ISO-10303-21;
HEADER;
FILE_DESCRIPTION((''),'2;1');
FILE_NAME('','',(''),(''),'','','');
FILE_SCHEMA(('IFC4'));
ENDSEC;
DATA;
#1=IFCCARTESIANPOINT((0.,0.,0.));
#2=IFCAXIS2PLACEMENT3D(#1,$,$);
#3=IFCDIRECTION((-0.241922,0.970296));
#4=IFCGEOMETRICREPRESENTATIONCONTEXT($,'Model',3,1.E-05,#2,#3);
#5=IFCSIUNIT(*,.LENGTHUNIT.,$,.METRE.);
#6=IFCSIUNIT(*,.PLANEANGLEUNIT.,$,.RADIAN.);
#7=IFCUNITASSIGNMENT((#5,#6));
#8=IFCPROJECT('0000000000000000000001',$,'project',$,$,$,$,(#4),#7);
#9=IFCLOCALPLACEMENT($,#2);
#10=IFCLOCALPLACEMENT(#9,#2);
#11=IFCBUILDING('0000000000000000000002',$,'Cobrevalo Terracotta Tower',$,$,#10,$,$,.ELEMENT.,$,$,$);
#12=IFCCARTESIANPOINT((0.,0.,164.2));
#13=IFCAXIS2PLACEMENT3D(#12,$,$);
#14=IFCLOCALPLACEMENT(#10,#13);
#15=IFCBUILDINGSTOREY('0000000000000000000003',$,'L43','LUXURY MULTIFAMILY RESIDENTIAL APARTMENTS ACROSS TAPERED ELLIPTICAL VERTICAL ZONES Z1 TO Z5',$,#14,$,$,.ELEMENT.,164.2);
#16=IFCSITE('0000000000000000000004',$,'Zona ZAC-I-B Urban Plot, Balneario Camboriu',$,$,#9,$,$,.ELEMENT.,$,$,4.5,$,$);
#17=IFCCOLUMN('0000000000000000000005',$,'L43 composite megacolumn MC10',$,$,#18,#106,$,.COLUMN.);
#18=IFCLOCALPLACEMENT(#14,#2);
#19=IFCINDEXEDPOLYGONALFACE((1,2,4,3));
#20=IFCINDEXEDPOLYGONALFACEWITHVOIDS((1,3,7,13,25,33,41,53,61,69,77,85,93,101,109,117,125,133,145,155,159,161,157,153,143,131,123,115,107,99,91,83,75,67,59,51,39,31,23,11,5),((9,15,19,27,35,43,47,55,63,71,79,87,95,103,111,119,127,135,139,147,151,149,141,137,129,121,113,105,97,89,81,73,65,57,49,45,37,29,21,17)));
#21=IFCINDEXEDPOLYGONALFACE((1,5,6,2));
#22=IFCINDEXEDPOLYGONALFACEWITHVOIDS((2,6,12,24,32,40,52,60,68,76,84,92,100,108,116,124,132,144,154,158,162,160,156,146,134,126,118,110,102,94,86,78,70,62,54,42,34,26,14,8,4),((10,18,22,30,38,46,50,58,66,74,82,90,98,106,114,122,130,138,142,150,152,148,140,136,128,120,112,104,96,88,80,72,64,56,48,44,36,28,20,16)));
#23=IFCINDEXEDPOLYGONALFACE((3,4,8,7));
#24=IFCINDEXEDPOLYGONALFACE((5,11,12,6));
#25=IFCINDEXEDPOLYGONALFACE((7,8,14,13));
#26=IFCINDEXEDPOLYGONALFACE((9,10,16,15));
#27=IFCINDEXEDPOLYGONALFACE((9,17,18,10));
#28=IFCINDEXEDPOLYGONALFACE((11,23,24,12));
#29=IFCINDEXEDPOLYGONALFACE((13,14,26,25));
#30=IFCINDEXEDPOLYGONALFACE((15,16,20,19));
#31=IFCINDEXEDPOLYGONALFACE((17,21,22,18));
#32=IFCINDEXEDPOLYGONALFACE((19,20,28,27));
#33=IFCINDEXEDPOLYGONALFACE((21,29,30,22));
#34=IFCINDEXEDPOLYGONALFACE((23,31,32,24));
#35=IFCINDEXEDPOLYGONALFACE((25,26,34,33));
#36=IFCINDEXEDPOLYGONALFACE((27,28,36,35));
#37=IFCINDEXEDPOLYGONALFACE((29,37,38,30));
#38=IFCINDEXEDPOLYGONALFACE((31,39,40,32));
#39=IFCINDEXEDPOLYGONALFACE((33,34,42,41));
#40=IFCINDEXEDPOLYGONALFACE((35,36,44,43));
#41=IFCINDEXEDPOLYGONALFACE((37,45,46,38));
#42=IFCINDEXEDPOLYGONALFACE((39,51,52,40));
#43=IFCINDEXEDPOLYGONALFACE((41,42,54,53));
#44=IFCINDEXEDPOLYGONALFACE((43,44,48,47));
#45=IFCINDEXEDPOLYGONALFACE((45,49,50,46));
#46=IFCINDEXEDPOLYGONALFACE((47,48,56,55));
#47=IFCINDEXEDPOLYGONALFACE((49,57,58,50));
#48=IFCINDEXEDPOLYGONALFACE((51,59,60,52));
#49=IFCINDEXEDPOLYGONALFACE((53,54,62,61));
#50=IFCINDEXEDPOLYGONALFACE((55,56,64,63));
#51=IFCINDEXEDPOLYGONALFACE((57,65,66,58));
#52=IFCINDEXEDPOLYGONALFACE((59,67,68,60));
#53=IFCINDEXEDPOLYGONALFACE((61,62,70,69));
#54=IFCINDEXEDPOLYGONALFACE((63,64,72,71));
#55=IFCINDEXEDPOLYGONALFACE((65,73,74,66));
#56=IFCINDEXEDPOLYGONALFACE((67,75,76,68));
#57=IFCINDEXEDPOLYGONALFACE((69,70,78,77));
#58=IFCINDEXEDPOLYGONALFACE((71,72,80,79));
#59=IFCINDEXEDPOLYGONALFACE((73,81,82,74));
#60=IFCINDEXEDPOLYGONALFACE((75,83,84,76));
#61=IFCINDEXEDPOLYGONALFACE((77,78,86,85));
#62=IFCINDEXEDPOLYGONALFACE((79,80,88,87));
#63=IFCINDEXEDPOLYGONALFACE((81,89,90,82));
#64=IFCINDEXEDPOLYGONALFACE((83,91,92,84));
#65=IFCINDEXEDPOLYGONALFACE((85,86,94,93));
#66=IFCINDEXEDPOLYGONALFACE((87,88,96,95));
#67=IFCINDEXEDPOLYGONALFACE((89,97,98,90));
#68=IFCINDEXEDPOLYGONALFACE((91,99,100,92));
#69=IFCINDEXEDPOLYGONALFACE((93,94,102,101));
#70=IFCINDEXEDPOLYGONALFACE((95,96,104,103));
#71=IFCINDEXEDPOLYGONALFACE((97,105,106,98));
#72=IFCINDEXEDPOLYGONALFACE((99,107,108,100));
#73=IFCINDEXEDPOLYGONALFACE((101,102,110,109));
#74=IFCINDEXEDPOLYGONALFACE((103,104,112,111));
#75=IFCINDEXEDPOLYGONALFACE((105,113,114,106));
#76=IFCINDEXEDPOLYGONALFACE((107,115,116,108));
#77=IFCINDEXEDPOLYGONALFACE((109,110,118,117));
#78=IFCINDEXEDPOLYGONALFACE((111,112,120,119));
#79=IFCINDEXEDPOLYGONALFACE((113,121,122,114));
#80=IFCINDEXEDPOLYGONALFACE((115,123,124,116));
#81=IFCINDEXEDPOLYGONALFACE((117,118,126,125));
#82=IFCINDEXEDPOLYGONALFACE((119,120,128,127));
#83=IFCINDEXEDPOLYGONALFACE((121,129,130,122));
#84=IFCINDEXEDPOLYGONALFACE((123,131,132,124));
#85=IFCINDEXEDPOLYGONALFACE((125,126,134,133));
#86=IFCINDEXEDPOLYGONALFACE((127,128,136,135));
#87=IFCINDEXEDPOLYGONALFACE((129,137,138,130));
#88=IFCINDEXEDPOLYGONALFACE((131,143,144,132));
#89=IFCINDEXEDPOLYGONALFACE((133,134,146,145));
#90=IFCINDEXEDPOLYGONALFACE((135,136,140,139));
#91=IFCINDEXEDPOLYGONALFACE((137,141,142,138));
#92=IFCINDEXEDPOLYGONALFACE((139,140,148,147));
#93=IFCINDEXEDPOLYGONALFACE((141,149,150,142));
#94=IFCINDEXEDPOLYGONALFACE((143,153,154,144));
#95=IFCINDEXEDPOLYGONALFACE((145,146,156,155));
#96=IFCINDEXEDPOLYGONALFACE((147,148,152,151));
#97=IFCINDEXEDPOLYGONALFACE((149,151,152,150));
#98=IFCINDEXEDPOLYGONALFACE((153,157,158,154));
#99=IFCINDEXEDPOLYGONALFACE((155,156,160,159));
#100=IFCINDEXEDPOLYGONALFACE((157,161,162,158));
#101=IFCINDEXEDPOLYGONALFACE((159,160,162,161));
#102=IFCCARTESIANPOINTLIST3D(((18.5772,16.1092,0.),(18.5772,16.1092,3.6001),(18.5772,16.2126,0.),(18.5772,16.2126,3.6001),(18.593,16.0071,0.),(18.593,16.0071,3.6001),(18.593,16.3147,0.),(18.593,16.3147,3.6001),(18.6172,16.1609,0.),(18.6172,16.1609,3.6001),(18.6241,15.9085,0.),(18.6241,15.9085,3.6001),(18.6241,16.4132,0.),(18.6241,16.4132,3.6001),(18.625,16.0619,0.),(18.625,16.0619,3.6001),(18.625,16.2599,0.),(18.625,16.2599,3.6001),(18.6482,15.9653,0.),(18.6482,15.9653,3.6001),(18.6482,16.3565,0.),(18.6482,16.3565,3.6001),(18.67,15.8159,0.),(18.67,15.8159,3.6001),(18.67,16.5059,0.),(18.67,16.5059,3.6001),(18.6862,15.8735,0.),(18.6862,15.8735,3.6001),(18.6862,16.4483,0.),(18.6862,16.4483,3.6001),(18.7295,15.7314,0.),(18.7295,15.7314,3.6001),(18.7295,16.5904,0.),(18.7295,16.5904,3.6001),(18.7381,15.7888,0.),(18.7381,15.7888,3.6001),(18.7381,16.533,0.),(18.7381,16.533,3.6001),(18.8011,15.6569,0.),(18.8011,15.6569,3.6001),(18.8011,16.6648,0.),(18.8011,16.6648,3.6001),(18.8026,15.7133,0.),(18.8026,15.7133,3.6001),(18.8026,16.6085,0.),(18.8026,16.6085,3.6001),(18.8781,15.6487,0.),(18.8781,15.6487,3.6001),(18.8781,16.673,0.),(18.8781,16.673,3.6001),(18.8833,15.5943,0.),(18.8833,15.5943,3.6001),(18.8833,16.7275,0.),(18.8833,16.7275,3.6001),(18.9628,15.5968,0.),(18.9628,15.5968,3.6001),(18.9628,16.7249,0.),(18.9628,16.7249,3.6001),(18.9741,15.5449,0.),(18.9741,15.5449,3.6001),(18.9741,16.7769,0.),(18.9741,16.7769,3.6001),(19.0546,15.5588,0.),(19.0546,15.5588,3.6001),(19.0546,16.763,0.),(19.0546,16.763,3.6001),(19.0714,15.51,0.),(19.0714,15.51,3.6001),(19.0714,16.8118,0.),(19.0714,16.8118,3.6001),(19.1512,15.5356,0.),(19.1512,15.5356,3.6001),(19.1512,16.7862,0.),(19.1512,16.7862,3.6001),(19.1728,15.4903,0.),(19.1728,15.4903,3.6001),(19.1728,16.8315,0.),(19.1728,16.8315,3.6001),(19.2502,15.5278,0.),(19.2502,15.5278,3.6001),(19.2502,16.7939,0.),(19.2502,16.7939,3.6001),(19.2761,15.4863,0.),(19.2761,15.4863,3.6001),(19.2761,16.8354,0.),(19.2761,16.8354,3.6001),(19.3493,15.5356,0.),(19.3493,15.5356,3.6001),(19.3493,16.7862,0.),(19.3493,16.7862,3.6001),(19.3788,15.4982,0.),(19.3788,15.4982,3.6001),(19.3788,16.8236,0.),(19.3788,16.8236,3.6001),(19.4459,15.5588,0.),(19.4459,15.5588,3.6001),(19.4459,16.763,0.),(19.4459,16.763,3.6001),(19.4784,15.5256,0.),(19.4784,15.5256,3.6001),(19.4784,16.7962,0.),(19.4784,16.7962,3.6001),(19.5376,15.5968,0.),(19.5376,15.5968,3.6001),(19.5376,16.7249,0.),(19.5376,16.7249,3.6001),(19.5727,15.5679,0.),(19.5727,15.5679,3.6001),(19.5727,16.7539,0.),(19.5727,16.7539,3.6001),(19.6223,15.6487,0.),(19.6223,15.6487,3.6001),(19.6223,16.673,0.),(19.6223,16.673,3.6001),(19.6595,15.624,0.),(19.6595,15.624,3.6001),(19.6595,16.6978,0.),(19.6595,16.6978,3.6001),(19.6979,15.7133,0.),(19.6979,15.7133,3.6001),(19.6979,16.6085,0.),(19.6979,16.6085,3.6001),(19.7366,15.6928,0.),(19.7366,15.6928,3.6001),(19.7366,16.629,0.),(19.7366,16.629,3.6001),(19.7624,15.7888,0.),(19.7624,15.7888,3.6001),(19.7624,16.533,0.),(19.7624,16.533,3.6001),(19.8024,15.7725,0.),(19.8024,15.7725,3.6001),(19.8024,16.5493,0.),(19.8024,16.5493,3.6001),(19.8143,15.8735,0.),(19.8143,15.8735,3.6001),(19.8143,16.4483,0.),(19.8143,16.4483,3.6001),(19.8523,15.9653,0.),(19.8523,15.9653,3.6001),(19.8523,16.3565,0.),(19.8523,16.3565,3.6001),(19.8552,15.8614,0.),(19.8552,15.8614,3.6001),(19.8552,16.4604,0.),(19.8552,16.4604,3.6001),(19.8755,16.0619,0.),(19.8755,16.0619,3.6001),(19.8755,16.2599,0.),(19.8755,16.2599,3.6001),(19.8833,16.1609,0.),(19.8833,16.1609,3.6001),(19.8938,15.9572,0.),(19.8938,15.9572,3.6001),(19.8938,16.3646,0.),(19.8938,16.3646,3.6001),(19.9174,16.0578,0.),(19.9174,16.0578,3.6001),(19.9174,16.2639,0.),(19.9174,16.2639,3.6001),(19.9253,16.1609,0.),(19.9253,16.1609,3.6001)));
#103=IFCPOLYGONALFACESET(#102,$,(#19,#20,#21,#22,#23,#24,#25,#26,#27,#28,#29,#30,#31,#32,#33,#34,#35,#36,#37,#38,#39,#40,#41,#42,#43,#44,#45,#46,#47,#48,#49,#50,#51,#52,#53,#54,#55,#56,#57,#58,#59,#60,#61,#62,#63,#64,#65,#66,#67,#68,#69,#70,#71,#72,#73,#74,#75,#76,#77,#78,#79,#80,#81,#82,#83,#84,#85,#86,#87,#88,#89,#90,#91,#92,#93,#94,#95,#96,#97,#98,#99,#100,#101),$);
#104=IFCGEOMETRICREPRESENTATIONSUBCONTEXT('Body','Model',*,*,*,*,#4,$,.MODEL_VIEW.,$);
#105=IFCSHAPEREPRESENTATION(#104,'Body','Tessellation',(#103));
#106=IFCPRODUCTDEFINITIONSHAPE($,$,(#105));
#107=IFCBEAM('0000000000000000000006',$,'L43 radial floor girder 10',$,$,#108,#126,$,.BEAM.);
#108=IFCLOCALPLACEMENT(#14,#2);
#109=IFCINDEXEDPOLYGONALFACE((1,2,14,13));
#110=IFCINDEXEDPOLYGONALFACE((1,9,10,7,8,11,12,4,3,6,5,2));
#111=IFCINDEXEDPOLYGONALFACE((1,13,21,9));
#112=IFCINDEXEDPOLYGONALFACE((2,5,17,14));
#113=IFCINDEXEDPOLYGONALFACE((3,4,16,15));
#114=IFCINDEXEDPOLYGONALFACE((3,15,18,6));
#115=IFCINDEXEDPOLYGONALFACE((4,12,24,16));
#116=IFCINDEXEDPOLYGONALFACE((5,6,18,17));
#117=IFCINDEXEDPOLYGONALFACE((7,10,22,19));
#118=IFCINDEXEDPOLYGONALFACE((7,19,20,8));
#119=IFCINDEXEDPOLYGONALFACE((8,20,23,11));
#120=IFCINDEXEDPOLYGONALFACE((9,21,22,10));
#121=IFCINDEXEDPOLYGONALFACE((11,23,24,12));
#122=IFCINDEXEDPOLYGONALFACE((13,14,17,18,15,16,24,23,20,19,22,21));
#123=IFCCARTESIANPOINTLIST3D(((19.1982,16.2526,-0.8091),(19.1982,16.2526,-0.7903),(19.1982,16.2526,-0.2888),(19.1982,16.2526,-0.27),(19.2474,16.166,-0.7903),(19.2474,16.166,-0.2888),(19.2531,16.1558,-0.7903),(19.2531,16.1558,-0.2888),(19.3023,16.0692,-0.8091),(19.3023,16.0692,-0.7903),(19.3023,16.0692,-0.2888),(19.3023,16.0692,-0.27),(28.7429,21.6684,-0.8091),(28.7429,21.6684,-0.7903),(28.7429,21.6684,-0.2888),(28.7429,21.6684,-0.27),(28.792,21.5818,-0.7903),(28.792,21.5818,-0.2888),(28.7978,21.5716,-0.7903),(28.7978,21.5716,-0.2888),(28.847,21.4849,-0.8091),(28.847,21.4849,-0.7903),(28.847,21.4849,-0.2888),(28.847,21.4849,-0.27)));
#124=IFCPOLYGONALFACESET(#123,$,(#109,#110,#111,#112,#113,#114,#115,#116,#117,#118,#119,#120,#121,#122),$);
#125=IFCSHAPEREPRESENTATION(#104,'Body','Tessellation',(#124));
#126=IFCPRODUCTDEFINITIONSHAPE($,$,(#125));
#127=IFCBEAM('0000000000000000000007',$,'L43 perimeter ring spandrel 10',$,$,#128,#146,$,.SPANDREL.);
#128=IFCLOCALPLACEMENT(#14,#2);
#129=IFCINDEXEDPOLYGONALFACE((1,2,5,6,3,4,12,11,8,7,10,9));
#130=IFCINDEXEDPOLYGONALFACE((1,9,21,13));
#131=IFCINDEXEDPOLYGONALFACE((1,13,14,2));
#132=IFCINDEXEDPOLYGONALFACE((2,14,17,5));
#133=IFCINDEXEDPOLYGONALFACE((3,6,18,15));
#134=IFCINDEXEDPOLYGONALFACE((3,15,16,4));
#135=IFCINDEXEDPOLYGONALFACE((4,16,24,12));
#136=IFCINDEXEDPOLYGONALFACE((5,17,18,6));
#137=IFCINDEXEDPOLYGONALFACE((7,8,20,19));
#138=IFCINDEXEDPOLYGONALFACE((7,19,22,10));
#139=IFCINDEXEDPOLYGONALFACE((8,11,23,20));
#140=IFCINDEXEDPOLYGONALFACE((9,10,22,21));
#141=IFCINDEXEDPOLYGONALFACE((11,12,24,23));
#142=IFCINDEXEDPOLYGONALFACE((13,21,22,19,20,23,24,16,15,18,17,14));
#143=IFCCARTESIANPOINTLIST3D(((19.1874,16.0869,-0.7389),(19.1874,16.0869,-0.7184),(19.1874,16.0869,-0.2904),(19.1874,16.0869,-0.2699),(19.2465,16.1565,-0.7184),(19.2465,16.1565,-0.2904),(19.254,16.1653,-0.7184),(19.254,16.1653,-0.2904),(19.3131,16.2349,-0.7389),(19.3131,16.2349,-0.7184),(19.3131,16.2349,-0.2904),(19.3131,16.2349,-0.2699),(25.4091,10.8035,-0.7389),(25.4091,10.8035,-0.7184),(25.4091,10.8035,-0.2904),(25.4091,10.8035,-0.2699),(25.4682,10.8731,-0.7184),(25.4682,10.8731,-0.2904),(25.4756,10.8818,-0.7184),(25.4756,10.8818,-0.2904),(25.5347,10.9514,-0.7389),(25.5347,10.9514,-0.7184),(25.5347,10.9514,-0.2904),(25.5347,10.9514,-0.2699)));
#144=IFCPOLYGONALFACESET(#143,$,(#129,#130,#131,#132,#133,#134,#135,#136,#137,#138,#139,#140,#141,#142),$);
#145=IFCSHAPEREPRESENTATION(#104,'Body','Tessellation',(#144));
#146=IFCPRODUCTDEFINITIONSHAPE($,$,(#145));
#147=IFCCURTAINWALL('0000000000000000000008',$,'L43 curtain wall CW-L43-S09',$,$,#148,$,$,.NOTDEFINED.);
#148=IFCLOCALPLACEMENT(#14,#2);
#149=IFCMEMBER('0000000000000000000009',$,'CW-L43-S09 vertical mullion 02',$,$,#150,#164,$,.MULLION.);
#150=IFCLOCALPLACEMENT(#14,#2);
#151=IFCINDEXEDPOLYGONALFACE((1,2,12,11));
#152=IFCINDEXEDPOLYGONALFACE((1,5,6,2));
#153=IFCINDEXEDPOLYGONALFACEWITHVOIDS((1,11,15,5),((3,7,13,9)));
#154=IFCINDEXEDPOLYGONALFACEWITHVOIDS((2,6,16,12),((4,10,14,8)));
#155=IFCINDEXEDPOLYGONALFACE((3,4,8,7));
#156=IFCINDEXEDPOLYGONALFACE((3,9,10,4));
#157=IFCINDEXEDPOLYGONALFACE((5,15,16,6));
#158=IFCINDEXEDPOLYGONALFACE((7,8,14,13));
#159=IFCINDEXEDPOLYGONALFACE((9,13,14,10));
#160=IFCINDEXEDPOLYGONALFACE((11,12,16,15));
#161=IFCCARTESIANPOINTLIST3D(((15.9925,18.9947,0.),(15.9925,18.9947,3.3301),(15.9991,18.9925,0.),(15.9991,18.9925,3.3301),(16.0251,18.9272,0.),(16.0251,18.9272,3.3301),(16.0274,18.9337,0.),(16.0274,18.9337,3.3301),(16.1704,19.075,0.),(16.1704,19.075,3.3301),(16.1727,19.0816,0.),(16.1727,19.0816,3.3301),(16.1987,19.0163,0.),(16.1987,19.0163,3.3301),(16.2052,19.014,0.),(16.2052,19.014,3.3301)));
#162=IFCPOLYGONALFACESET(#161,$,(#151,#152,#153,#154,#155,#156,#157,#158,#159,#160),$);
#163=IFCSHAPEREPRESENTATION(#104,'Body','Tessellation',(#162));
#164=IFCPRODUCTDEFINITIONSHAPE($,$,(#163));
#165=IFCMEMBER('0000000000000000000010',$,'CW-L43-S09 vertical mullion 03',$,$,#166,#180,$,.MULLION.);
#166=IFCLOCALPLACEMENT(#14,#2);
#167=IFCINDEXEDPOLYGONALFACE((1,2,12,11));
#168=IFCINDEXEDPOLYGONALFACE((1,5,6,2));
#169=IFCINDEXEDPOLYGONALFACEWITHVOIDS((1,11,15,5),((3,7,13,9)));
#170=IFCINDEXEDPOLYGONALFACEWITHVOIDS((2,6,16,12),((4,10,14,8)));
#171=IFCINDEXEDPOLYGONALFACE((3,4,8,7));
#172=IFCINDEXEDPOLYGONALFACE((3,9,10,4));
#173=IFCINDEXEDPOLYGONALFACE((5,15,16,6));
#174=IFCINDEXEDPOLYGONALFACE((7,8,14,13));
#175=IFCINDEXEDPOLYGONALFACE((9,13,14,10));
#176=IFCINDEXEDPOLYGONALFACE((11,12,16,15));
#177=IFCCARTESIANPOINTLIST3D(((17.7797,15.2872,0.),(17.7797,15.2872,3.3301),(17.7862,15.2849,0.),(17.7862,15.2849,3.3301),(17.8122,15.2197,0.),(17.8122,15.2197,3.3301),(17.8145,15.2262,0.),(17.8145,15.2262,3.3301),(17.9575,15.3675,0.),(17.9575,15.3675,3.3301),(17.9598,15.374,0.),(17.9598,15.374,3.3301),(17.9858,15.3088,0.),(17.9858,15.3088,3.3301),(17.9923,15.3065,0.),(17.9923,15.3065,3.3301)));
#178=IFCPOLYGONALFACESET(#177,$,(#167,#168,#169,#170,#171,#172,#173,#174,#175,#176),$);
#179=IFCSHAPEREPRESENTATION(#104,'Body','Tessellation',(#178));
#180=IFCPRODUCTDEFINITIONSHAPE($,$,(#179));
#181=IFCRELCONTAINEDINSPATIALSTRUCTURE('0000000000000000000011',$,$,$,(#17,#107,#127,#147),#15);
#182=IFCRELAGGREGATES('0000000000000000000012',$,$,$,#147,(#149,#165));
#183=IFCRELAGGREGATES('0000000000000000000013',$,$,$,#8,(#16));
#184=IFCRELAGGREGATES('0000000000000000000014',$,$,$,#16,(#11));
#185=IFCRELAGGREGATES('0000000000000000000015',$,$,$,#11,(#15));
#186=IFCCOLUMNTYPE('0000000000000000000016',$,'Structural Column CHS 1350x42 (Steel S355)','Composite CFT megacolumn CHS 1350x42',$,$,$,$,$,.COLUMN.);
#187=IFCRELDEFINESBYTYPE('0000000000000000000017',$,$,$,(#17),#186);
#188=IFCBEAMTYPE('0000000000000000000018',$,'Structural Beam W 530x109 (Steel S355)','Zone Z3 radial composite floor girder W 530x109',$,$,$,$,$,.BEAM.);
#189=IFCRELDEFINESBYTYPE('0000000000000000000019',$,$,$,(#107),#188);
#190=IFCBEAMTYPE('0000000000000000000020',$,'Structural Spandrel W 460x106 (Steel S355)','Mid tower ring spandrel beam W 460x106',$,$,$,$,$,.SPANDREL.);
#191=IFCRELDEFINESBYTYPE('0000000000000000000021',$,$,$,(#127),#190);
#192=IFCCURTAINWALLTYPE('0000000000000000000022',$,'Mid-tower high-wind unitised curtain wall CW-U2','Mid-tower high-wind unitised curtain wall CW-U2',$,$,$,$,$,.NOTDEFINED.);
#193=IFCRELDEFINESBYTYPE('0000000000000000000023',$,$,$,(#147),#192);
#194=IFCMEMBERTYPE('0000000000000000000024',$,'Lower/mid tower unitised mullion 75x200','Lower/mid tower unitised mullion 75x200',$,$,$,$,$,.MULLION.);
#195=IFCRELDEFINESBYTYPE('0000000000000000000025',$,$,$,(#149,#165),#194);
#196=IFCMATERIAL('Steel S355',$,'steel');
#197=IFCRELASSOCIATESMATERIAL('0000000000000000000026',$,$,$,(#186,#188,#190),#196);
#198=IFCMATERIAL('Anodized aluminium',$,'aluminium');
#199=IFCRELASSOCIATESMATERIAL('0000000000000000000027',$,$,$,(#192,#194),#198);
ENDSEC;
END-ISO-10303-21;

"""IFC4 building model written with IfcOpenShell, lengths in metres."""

from ifc_helpers import new_model, si_unit, direction, frame, origin, origin_2d, place, context, subcontext, project, spatial, hollow_rectangle, hollow_circle, i_section, extrude, source, transform, mapped, material, material_profile, profile_set, type_object, element, aggregate, save


model = new_model("IFC4")

# Units and contexts
model_context = context("Model", 3, precision=1e-05, world=origin(), true_north=direction((-0.241922, 0.970296)))
body_context = subcontext(model_context, "Body", "Model", "MODEL_VIEW")
ifc_project = project(units=[si_unit("LENGTHUNIT", "METRE"), si_unit("PLANEANGLEUNIT", "RADIAN")], contexts=[model_context])

# Site, building, storey
site_placement = place(None, origin())
site = spatial("IfcSite", under=ifc_project, at=site_placement, Name="Zona ZAC-I-B Urban Plot, Balneario Camboriu", CompositionType="ELEMENT", RefElevation=4.5)
building_placement = place(site_placement, origin())
building = spatial("IfcBuilding", under=site, at=building_placement, Name="Cobrevalo Terracotta Tower", CompositionType="ELEMENT")
storey_placement = place(building_placement, frame((0.0, 0.0, 164.2)))
storey = spatial("IfcBuildingStorey", under=building, at=storey_placement, Name="L43", Description="LUXURY MULTIFAMILY RESIDENTIAL APARTMENTS ACROSS TAPERED ELLIPTICAL VERTICAL ZONES Z1 TO Z5", CompositionType="ELEMENT", Elevation=164.2)

# Column
ifc_material_1 = material(Name="Steel S355", Category="steel")
ifc_material_profile_1 = material_profile(ifc_material_1, hollow_circle(Radius=0.675, WallThickness=0.042, at=origin_2d()), Name="CHS 1350x42")
ifc_profile_set_1 = profile_set([ifc_material_profile_1], Name="Steel S355")
column_type = type_object("IfcColumnType", Name="Structural Column CHS 1350x42 (Steel S355)", Description="Composite CFT megacolumn CHS 1350x42", PredefinedType="COLUMN", material=ifc_profile_set_1)
column_placement = place(storey_placement, frame((19.2502, 16.1609, 0.0), z_axis=(0.0, 0.0, 1.0), x_axis=(1.0, 0.0, 0.0)))
element("IfcColumn", 1, at=column_placement, inside=storey, type_object=column_type, Name="L43 composite megacolumn MC10", PredefinedType="COLUMN", context=body_context, shape_type="SweptSolid", body=[
    extrude(hollow_circle(Radius=0.675, WallThickness=0.042, at=origin_2d()), origin(), (0.0, 0.0, 1.0), 3.6001),
])

# Beams
ifc_material_profile_2 = material_profile(ifc_material_1, i_section(OverallWidth=0.2109, OverallDepth=0.5391, WebThickness=0.0117, FlangeThickness=0.0188, at=origin_2d()), Name="W 530x109")
ifc_profile_set_2 = profile_set([ifc_material_profile_2], Name="Steel S355")
beam_type_1 = type_object("IfcBeamType", Name="Structural Beam W 530x109 (Steel S355)", Description="Zone Z3 radial composite floor girder W 530x109", PredefinedType="BEAM", material=ifc_profile_set_2)
beam_1_placement = place(storey_placement, frame((19.2502, 16.1609, -0.5396), z_axis=(0.869744, 0.493504, 0.0), x_axis=(-0.493504, 0.869744, 0.0)))
element("IfcBeam", 2, at=beam_1_placement, inside=storey, type_object=beam_type_1, Name="L43 radial floor girder 10", PredefinedType="BEAM", context=body_context, shape_type="SweptSolid", body=[
    extrude(i_section(OverallWidth=0.2109, OverallDepth=0.5391, WebThickness=0.0117, FlangeThickness=0.0188, at=origin_2d()), origin(), (0.0, 0.0, 1.0), 10.9741),
])
ifc_material_profile_3 = material_profile(ifc_material_1, i_section(OverallWidth=0.1941, OverallDepth=0.469, WebThickness=0.0115, FlangeThickness=0.0205, at=origin_2d()), Name="W 460x106")
ifc_profile_set_3 = profile_set([ifc_material_profile_3], Name="Steel S355")
beam_type_2 = type_object("IfcBeamType", Name="Structural Spandrel W 460x106 (Steel S355)", Description="Mid tower ring spandrel beam W 460x106", PredefinedType="SPANDREL", material=ifc_profile_set_3)
beam_2_placement = place(storey_placement, frame((19.2502, 16.1609, -0.5044), z_axis=(0.76224, -0.647294, 0.0), x_axis=(0.647294, 0.76224, 0.0)))
element("IfcBeam", 3, at=beam_2_placement, inside=storey, type_object=beam_type_2, Name="L43 perimeter ring spandrel 10", PredefinedType="SPANDREL", context=body_context, shape_type="SweptSolid", body=[
    extrude(i_section(OverallWidth=0.1941, OverallDepth=0.469, WebThickness=0.0115, FlangeThickness=0.0205, at=origin_2d()), origin(), (0.0, 0.0, 1.0), 8.1624),
])

# Curtain wall, members
ifc_material_2 = material(Name="Anodized aluminium", Category="aluminium")
curtain_wall_type = type_object("IfcCurtainWallType", Name="Mid-tower high-wind unitised curtain wall CW-U2", Description="Mid-tower high-wind unitised curtain wall CW-U2", PredefinedType="NOTDEFINED", material=ifc_material_2)
curtain_wall_1_placement = place(storey_placement, origin())
curtain_wall_1 = element("IfcCurtainWall", 4, at=curtain_wall_1_placement, inside=storey, type_object=curtain_wall_type, Name="L43 curtain wall CW-L43-S09", PredefinedType="NOTDEFINED")
ifc_material_profile_4 = material_profile(ifc_material_2, hollow_rectangle(XDim=0.075, YDim=0.2, WallThickness=0.0049, at=origin_2d()), Name="CWM 75x200")
ifc_profile_set_4 = profile_set([ifc_material_profile_4], Name="Anodized aluminium")
member_type_1 = type_object("IfcMemberType", Name="Lower/mid tower unitised mullion 75x200", Description="Lower/mid tower unitised mullion 75x200", PredefinedType="MULLION", material=ifc_profile_set_4)
shared_shape_1 = source(origin(), body_context, "Body", "SweptSolid", [
    extrude(hollow_rectangle(XDim=0.075, YDim=0.2, WallThickness=0.0049, at=origin_2d()), origin(), (0.0, 0.0, 1.0), 3.3301),
])
member_1_placement = place(storey_placement, frame((16.0989, 19.0044, 0.0), z_axis=(0.0, 0.0, 1.0), x_axis=(0.434209, -0.900812, 0.0)))
member_1 = element("IfcMember", 5, at=member_1_placement, type_object=member_type_1, Name="CW-L43-S09 vertical mullion 02", PredefinedType="MULLION", context=body_context, shape_type="MappedRepresentation", body=[
    mapped(shared_shape_1, transform((0.0, 0.0, 0.0), scale=1.0)),
])
member_2_placement = place(storey_placement, frame((17.886, 15.2969, 0.0), z_axis=(0.0, 0.0, 1.0), x_axis=(0.434209, -0.900812, 0.0)))
member_2 = element("IfcMember", 6, at=member_2_placement, type_object=member_type_1, Name="CW-L43-S09 vertical mullion 03", PredefinedType="MULLION", context=body_context, shape_type="MappedRepresentation", body=[
    mapped(shared_shape_1, transform((0.0, 0.0, 0.0), scale=1.0)),
])

aggregate(curtain_wall_1, [member_1, member_2])

save(model, "model.ifc")
